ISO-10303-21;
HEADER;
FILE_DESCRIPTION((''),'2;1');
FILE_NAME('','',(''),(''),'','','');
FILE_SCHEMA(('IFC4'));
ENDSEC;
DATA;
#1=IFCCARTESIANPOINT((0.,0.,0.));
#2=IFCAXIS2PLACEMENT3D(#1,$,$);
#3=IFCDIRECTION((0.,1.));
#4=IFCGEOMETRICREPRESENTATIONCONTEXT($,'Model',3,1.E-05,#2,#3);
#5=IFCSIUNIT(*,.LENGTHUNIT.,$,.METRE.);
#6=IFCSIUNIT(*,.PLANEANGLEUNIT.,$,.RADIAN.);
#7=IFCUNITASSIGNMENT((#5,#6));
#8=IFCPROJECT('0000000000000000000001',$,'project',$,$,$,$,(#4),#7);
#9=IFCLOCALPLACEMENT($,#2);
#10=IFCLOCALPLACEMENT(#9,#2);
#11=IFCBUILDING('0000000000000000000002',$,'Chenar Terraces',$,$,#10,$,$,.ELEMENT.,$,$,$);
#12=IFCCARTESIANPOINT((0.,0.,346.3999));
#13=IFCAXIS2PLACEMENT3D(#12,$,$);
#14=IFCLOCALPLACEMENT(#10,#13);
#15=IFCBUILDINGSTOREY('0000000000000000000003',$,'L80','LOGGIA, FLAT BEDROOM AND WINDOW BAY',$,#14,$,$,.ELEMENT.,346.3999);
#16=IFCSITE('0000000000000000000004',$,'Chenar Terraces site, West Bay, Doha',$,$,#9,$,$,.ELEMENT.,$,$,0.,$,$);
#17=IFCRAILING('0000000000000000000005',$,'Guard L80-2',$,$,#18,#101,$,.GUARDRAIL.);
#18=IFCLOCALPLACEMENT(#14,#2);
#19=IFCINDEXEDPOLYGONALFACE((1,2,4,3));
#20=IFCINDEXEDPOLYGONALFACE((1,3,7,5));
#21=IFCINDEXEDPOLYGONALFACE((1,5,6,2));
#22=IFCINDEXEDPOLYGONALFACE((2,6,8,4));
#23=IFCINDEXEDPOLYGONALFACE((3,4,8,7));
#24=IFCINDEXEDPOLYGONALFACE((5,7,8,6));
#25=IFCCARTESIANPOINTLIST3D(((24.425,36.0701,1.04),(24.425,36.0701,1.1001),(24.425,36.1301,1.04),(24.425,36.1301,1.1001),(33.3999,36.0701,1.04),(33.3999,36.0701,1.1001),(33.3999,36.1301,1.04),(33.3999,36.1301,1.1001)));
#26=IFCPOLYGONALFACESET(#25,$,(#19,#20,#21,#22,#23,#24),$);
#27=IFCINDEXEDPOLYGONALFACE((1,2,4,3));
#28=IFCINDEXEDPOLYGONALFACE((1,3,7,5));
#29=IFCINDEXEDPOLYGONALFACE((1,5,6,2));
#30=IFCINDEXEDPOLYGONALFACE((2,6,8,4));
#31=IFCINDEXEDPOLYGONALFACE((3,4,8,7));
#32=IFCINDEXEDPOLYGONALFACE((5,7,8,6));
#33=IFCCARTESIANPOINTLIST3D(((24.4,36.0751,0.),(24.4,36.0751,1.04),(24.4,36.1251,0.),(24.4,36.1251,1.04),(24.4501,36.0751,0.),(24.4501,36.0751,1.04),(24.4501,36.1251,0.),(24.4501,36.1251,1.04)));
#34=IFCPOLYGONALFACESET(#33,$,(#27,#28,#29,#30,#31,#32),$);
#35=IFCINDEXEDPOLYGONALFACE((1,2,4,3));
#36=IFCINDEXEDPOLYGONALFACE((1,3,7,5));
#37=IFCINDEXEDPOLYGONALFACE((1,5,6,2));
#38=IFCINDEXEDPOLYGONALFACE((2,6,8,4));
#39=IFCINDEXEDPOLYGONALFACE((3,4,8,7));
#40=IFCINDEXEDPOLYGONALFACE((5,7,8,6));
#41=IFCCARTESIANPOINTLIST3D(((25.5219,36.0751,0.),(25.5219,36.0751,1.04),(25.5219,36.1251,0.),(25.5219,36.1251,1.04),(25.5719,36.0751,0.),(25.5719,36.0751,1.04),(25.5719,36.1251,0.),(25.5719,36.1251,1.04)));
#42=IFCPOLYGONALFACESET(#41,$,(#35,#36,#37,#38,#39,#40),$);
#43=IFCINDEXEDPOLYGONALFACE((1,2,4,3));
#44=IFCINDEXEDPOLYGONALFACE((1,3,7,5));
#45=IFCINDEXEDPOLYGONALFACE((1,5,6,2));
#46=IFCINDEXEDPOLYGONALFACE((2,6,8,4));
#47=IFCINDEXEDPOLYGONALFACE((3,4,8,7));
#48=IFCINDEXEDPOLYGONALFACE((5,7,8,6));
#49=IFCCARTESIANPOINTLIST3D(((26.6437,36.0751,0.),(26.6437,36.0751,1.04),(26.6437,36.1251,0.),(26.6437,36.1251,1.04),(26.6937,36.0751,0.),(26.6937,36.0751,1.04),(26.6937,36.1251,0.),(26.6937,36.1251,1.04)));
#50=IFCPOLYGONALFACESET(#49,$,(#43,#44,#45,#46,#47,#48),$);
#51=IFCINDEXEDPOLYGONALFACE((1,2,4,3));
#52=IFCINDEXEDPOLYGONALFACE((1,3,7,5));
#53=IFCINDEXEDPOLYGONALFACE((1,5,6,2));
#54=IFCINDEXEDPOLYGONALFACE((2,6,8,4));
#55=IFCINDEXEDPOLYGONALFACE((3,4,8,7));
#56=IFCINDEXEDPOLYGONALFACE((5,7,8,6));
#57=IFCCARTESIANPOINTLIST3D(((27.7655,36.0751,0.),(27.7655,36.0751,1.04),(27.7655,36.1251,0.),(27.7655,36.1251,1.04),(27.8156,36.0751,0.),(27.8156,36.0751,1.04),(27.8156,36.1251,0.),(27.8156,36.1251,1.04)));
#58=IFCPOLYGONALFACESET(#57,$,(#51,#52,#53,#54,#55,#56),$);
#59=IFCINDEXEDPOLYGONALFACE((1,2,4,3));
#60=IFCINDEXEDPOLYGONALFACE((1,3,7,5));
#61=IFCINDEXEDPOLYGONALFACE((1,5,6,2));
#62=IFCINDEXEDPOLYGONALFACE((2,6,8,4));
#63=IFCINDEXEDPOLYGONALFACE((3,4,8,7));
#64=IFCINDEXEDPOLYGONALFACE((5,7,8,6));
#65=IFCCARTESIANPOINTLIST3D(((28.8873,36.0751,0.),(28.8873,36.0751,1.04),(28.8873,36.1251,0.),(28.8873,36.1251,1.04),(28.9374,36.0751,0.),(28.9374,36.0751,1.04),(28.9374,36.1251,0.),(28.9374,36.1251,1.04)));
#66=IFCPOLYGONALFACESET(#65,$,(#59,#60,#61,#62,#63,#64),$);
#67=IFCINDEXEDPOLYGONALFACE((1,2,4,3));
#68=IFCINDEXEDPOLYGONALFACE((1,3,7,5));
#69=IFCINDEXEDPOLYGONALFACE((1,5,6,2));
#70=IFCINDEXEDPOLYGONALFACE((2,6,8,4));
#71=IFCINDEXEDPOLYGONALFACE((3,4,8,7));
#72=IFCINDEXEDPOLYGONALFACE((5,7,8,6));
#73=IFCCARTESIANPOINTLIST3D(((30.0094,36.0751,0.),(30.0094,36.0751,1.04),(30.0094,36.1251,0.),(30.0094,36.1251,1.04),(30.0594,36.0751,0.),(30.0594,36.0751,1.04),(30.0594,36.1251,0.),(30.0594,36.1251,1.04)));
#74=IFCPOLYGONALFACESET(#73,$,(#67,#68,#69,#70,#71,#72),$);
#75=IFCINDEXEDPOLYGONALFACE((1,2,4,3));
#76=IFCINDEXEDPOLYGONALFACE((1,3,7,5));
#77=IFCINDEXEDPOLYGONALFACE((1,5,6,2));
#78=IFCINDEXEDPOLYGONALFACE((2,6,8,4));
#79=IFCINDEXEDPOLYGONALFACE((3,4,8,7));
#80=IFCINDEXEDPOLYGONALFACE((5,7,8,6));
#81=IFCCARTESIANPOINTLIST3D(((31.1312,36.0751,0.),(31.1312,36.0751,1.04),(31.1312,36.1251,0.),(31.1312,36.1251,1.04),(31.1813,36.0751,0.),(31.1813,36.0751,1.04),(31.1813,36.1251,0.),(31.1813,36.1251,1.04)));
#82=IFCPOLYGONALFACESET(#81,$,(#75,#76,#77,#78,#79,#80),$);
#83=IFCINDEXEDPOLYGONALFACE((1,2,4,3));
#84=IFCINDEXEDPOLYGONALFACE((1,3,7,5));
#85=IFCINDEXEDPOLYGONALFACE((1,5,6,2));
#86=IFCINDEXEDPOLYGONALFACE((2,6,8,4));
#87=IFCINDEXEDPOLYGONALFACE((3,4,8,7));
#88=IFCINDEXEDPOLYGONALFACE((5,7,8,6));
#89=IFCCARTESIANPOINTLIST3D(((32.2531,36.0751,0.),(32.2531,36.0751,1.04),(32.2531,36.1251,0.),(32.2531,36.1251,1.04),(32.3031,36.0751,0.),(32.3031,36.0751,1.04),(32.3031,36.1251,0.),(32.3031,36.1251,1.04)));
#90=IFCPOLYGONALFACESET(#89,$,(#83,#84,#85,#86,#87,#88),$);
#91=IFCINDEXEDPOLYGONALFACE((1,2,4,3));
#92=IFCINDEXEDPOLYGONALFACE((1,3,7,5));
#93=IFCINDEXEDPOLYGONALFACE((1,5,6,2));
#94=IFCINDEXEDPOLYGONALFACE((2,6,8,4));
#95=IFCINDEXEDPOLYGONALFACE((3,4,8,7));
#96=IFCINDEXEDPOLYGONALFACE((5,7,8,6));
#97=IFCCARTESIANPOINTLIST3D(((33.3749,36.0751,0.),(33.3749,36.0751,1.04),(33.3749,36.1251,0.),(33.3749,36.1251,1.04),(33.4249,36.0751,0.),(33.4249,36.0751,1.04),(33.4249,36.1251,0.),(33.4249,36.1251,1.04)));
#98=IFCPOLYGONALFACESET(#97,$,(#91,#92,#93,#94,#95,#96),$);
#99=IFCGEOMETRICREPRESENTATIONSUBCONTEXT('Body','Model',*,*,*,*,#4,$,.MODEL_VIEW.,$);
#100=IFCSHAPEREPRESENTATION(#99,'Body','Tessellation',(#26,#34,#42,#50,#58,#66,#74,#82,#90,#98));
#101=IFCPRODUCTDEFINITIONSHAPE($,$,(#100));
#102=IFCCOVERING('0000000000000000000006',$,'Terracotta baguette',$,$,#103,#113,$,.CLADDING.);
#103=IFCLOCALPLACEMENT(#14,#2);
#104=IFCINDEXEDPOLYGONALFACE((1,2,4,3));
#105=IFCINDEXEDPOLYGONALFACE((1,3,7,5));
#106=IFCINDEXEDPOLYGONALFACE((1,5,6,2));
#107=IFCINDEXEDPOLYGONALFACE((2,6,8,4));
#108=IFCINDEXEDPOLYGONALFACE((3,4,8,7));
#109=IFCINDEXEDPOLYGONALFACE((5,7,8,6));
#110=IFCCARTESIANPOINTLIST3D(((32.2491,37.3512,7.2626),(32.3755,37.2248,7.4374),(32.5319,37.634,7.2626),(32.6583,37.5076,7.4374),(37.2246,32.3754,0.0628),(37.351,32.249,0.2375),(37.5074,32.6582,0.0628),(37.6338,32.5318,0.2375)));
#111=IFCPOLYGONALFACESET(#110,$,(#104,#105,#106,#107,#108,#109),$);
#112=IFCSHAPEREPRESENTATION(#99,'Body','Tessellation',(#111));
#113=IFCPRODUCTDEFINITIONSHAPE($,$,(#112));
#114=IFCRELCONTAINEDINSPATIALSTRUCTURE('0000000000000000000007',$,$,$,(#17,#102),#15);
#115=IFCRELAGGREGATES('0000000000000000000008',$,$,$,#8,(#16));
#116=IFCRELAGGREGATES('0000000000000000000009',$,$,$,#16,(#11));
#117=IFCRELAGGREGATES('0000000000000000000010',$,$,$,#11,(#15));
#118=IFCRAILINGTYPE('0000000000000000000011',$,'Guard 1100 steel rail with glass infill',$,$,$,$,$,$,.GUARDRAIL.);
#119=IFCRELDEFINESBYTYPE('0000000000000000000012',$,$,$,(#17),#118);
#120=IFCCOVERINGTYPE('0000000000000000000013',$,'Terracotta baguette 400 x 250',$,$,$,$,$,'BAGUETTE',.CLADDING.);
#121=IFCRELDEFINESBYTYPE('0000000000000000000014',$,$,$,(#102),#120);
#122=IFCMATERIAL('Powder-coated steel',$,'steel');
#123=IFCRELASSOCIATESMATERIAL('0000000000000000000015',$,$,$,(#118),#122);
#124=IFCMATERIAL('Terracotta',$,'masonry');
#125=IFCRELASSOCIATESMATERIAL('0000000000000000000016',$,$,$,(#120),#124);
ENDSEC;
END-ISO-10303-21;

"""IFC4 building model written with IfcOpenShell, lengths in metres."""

from ifc_helpers import new_model, si_unit, direction, frame, origin, origin_2d, place, context, subcontext, project, spatial, rectangle, extrude, material, material_profile, profile_set, type_object, element, save


model = new_model("IFC4")

# Units and contexts
model_context = context("Model", 3, precision=1e-05, world=origin(), true_north=direction((0.0, 1.0)))
body_context = subcontext(model_context, "Body", "Model", "MODEL_VIEW")
ifc_project = project(units=[si_unit("LENGTHUNIT", "METRE"), si_unit("PLANEANGLEUNIT", "RADIAN")], contexts=[model_context])

# Site, building, storey
site_placement = place(None, origin())
site = spatial("IfcSite", under=ifc_project, at=site_placement, Name="Chenar Terraces site, West Bay, Doha", CompositionType="ELEMENT", RefElevation=0.0)
building_placement = place(site_placement, origin())
building = spatial("IfcBuilding", under=site, at=building_placement, Name="Chenar Terraces", CompositionType="ELEMENT")
storey_placement = place(building_placement, frame((0.0, 0.0, 346.3999)))
storey = spatial("IfcBuildingStorey", under=building, at=storey_placement, Name="L80", Description="LOGGIA, FLAT BEDROOM AND WINDOW BAY", CompositionType="ELEMENT", Elevation=346.3999)

# Railing
ifc_material_1 = material(Name="Powder-coated steel", Category="steel")
railing_type = type_object("IfcRailingType", Name="Guard 1100 steel rail with glass infill", PredefinedType="GUARDRAIL", material=ifc_material_1)
railing_placement = place(storey_placement, frame((24.425, 36.1001, 0.0)))
element("IfcRailing", 1, at=railing_placement, inside=storey, type_object=railing_type, Name="Guard L80-2", PredefinedType="GUARDRAIL", context=body_context, shape_type="SweptSolid", body=[
    extrude(rectangle(XDim=0.0601, YDim=0.0601, at=origin_2d()), frame((0.0, 0.0, 1.0701), z_axis=(1.0, 0.0, 0.0), x_axis=(0.0, 1.0, 0.0)), (0.0, 0.0, 1.0), 8.9749),
    extrude(rectangle(XDim=0.05, YDim=0.05, at=origin_2d()), origin(), (0.0, 0.0, 1.0), 1.04),
    extrude(rectangle(XDim=0.05, YDim=0.05, at=origin_2d()), frame((1.1218, 0.0, 0.0)), (0.0, 0.0, 1.0), 1.04),
    extrude(rectangle(XDim=0.05, YDim=0.05, at=origin_2d()), frame((2.2437, 0.0, 0.0)), (0.0, 0.0, 1.0), 1.04),
    extrude(rectangle(XDim=0.05, YDim=0.05, at=origin_2d()), frame((3.3655, 0.0, 0.0)), (0.0, 0.0, 1.0), 1.04),
    extrude(rectangle(XDim=0.05, YDim=0.05, at=origin_2d()), frame((4.4873, 0.0, 0.0)), (0.0, 0.0, 1.0), 1.04),
    extrude(rectangle(XDim=0.05, YDim=0.05, at=origin_2d()), frame((5.6094, 0.0, 0.0)), (0.0, 0.0, 1.0), 1.04),
    extrude(rectangle(XDim=0.05, YDim=0.05, at=origin_2d()), frame((6.7312, 0.0, 0.0)), (0.0, 0.0, 1.0), 1.04),
    extrude(rectangle(XDim=0.05, YDim=0.05, at=origin_2d()), frame((7.853, 0.0, 0.0)), (0.0, 0.0, 1.0), 1.04),
    extrude(rectangle(XDim=0.05, YDim=0.05, at=origin_2d()), frame((8.9749, 0.0, 0.0)), (0.0, 0.0, 1.0), 1.04),
])

# Covering
ifc_material_2 = material(Name="Terracotta", Category="masonry")
ifc_material_profile_1 = material_profile(ifc_material_2, rectangle(XDim=0.3999, YDim=0.25, at=origin_2d()), Name="Terracotta baguette 400 x 250")
ifc_profile_set_1 = profile_set([ifc_material_profile_1], Name="Terracotta")
covering_type = type_object("IfcCoveringType", Name="Terracotta baguette 400 x 250", ElementType="BAGUETTE", PredefinedType="CLADDING", material=ifc_profile_set_1)
covering_placement = place(storey_placement, frame((37.4292, 32.4536, 0.1501), z_axis=(-0.494222, 0.494247, 0.715167), x_axis=(-0.707124, -0.707089, 0.0)))
element("IfcCovering", 2, at=covering_placement, inside=storey, type_object=covering_type, Name="Terracotta baguette", PredefinedType="CLADDING", context=body_context, shape_type="SweptSolid", body=[
    extrude(rectangle(XDim=0.3999, YDim=0.25, at=origin_2d()), origin(), (0.0, 0.0, 1.0), 10.0674),
])

save(model, "model.ifc")
